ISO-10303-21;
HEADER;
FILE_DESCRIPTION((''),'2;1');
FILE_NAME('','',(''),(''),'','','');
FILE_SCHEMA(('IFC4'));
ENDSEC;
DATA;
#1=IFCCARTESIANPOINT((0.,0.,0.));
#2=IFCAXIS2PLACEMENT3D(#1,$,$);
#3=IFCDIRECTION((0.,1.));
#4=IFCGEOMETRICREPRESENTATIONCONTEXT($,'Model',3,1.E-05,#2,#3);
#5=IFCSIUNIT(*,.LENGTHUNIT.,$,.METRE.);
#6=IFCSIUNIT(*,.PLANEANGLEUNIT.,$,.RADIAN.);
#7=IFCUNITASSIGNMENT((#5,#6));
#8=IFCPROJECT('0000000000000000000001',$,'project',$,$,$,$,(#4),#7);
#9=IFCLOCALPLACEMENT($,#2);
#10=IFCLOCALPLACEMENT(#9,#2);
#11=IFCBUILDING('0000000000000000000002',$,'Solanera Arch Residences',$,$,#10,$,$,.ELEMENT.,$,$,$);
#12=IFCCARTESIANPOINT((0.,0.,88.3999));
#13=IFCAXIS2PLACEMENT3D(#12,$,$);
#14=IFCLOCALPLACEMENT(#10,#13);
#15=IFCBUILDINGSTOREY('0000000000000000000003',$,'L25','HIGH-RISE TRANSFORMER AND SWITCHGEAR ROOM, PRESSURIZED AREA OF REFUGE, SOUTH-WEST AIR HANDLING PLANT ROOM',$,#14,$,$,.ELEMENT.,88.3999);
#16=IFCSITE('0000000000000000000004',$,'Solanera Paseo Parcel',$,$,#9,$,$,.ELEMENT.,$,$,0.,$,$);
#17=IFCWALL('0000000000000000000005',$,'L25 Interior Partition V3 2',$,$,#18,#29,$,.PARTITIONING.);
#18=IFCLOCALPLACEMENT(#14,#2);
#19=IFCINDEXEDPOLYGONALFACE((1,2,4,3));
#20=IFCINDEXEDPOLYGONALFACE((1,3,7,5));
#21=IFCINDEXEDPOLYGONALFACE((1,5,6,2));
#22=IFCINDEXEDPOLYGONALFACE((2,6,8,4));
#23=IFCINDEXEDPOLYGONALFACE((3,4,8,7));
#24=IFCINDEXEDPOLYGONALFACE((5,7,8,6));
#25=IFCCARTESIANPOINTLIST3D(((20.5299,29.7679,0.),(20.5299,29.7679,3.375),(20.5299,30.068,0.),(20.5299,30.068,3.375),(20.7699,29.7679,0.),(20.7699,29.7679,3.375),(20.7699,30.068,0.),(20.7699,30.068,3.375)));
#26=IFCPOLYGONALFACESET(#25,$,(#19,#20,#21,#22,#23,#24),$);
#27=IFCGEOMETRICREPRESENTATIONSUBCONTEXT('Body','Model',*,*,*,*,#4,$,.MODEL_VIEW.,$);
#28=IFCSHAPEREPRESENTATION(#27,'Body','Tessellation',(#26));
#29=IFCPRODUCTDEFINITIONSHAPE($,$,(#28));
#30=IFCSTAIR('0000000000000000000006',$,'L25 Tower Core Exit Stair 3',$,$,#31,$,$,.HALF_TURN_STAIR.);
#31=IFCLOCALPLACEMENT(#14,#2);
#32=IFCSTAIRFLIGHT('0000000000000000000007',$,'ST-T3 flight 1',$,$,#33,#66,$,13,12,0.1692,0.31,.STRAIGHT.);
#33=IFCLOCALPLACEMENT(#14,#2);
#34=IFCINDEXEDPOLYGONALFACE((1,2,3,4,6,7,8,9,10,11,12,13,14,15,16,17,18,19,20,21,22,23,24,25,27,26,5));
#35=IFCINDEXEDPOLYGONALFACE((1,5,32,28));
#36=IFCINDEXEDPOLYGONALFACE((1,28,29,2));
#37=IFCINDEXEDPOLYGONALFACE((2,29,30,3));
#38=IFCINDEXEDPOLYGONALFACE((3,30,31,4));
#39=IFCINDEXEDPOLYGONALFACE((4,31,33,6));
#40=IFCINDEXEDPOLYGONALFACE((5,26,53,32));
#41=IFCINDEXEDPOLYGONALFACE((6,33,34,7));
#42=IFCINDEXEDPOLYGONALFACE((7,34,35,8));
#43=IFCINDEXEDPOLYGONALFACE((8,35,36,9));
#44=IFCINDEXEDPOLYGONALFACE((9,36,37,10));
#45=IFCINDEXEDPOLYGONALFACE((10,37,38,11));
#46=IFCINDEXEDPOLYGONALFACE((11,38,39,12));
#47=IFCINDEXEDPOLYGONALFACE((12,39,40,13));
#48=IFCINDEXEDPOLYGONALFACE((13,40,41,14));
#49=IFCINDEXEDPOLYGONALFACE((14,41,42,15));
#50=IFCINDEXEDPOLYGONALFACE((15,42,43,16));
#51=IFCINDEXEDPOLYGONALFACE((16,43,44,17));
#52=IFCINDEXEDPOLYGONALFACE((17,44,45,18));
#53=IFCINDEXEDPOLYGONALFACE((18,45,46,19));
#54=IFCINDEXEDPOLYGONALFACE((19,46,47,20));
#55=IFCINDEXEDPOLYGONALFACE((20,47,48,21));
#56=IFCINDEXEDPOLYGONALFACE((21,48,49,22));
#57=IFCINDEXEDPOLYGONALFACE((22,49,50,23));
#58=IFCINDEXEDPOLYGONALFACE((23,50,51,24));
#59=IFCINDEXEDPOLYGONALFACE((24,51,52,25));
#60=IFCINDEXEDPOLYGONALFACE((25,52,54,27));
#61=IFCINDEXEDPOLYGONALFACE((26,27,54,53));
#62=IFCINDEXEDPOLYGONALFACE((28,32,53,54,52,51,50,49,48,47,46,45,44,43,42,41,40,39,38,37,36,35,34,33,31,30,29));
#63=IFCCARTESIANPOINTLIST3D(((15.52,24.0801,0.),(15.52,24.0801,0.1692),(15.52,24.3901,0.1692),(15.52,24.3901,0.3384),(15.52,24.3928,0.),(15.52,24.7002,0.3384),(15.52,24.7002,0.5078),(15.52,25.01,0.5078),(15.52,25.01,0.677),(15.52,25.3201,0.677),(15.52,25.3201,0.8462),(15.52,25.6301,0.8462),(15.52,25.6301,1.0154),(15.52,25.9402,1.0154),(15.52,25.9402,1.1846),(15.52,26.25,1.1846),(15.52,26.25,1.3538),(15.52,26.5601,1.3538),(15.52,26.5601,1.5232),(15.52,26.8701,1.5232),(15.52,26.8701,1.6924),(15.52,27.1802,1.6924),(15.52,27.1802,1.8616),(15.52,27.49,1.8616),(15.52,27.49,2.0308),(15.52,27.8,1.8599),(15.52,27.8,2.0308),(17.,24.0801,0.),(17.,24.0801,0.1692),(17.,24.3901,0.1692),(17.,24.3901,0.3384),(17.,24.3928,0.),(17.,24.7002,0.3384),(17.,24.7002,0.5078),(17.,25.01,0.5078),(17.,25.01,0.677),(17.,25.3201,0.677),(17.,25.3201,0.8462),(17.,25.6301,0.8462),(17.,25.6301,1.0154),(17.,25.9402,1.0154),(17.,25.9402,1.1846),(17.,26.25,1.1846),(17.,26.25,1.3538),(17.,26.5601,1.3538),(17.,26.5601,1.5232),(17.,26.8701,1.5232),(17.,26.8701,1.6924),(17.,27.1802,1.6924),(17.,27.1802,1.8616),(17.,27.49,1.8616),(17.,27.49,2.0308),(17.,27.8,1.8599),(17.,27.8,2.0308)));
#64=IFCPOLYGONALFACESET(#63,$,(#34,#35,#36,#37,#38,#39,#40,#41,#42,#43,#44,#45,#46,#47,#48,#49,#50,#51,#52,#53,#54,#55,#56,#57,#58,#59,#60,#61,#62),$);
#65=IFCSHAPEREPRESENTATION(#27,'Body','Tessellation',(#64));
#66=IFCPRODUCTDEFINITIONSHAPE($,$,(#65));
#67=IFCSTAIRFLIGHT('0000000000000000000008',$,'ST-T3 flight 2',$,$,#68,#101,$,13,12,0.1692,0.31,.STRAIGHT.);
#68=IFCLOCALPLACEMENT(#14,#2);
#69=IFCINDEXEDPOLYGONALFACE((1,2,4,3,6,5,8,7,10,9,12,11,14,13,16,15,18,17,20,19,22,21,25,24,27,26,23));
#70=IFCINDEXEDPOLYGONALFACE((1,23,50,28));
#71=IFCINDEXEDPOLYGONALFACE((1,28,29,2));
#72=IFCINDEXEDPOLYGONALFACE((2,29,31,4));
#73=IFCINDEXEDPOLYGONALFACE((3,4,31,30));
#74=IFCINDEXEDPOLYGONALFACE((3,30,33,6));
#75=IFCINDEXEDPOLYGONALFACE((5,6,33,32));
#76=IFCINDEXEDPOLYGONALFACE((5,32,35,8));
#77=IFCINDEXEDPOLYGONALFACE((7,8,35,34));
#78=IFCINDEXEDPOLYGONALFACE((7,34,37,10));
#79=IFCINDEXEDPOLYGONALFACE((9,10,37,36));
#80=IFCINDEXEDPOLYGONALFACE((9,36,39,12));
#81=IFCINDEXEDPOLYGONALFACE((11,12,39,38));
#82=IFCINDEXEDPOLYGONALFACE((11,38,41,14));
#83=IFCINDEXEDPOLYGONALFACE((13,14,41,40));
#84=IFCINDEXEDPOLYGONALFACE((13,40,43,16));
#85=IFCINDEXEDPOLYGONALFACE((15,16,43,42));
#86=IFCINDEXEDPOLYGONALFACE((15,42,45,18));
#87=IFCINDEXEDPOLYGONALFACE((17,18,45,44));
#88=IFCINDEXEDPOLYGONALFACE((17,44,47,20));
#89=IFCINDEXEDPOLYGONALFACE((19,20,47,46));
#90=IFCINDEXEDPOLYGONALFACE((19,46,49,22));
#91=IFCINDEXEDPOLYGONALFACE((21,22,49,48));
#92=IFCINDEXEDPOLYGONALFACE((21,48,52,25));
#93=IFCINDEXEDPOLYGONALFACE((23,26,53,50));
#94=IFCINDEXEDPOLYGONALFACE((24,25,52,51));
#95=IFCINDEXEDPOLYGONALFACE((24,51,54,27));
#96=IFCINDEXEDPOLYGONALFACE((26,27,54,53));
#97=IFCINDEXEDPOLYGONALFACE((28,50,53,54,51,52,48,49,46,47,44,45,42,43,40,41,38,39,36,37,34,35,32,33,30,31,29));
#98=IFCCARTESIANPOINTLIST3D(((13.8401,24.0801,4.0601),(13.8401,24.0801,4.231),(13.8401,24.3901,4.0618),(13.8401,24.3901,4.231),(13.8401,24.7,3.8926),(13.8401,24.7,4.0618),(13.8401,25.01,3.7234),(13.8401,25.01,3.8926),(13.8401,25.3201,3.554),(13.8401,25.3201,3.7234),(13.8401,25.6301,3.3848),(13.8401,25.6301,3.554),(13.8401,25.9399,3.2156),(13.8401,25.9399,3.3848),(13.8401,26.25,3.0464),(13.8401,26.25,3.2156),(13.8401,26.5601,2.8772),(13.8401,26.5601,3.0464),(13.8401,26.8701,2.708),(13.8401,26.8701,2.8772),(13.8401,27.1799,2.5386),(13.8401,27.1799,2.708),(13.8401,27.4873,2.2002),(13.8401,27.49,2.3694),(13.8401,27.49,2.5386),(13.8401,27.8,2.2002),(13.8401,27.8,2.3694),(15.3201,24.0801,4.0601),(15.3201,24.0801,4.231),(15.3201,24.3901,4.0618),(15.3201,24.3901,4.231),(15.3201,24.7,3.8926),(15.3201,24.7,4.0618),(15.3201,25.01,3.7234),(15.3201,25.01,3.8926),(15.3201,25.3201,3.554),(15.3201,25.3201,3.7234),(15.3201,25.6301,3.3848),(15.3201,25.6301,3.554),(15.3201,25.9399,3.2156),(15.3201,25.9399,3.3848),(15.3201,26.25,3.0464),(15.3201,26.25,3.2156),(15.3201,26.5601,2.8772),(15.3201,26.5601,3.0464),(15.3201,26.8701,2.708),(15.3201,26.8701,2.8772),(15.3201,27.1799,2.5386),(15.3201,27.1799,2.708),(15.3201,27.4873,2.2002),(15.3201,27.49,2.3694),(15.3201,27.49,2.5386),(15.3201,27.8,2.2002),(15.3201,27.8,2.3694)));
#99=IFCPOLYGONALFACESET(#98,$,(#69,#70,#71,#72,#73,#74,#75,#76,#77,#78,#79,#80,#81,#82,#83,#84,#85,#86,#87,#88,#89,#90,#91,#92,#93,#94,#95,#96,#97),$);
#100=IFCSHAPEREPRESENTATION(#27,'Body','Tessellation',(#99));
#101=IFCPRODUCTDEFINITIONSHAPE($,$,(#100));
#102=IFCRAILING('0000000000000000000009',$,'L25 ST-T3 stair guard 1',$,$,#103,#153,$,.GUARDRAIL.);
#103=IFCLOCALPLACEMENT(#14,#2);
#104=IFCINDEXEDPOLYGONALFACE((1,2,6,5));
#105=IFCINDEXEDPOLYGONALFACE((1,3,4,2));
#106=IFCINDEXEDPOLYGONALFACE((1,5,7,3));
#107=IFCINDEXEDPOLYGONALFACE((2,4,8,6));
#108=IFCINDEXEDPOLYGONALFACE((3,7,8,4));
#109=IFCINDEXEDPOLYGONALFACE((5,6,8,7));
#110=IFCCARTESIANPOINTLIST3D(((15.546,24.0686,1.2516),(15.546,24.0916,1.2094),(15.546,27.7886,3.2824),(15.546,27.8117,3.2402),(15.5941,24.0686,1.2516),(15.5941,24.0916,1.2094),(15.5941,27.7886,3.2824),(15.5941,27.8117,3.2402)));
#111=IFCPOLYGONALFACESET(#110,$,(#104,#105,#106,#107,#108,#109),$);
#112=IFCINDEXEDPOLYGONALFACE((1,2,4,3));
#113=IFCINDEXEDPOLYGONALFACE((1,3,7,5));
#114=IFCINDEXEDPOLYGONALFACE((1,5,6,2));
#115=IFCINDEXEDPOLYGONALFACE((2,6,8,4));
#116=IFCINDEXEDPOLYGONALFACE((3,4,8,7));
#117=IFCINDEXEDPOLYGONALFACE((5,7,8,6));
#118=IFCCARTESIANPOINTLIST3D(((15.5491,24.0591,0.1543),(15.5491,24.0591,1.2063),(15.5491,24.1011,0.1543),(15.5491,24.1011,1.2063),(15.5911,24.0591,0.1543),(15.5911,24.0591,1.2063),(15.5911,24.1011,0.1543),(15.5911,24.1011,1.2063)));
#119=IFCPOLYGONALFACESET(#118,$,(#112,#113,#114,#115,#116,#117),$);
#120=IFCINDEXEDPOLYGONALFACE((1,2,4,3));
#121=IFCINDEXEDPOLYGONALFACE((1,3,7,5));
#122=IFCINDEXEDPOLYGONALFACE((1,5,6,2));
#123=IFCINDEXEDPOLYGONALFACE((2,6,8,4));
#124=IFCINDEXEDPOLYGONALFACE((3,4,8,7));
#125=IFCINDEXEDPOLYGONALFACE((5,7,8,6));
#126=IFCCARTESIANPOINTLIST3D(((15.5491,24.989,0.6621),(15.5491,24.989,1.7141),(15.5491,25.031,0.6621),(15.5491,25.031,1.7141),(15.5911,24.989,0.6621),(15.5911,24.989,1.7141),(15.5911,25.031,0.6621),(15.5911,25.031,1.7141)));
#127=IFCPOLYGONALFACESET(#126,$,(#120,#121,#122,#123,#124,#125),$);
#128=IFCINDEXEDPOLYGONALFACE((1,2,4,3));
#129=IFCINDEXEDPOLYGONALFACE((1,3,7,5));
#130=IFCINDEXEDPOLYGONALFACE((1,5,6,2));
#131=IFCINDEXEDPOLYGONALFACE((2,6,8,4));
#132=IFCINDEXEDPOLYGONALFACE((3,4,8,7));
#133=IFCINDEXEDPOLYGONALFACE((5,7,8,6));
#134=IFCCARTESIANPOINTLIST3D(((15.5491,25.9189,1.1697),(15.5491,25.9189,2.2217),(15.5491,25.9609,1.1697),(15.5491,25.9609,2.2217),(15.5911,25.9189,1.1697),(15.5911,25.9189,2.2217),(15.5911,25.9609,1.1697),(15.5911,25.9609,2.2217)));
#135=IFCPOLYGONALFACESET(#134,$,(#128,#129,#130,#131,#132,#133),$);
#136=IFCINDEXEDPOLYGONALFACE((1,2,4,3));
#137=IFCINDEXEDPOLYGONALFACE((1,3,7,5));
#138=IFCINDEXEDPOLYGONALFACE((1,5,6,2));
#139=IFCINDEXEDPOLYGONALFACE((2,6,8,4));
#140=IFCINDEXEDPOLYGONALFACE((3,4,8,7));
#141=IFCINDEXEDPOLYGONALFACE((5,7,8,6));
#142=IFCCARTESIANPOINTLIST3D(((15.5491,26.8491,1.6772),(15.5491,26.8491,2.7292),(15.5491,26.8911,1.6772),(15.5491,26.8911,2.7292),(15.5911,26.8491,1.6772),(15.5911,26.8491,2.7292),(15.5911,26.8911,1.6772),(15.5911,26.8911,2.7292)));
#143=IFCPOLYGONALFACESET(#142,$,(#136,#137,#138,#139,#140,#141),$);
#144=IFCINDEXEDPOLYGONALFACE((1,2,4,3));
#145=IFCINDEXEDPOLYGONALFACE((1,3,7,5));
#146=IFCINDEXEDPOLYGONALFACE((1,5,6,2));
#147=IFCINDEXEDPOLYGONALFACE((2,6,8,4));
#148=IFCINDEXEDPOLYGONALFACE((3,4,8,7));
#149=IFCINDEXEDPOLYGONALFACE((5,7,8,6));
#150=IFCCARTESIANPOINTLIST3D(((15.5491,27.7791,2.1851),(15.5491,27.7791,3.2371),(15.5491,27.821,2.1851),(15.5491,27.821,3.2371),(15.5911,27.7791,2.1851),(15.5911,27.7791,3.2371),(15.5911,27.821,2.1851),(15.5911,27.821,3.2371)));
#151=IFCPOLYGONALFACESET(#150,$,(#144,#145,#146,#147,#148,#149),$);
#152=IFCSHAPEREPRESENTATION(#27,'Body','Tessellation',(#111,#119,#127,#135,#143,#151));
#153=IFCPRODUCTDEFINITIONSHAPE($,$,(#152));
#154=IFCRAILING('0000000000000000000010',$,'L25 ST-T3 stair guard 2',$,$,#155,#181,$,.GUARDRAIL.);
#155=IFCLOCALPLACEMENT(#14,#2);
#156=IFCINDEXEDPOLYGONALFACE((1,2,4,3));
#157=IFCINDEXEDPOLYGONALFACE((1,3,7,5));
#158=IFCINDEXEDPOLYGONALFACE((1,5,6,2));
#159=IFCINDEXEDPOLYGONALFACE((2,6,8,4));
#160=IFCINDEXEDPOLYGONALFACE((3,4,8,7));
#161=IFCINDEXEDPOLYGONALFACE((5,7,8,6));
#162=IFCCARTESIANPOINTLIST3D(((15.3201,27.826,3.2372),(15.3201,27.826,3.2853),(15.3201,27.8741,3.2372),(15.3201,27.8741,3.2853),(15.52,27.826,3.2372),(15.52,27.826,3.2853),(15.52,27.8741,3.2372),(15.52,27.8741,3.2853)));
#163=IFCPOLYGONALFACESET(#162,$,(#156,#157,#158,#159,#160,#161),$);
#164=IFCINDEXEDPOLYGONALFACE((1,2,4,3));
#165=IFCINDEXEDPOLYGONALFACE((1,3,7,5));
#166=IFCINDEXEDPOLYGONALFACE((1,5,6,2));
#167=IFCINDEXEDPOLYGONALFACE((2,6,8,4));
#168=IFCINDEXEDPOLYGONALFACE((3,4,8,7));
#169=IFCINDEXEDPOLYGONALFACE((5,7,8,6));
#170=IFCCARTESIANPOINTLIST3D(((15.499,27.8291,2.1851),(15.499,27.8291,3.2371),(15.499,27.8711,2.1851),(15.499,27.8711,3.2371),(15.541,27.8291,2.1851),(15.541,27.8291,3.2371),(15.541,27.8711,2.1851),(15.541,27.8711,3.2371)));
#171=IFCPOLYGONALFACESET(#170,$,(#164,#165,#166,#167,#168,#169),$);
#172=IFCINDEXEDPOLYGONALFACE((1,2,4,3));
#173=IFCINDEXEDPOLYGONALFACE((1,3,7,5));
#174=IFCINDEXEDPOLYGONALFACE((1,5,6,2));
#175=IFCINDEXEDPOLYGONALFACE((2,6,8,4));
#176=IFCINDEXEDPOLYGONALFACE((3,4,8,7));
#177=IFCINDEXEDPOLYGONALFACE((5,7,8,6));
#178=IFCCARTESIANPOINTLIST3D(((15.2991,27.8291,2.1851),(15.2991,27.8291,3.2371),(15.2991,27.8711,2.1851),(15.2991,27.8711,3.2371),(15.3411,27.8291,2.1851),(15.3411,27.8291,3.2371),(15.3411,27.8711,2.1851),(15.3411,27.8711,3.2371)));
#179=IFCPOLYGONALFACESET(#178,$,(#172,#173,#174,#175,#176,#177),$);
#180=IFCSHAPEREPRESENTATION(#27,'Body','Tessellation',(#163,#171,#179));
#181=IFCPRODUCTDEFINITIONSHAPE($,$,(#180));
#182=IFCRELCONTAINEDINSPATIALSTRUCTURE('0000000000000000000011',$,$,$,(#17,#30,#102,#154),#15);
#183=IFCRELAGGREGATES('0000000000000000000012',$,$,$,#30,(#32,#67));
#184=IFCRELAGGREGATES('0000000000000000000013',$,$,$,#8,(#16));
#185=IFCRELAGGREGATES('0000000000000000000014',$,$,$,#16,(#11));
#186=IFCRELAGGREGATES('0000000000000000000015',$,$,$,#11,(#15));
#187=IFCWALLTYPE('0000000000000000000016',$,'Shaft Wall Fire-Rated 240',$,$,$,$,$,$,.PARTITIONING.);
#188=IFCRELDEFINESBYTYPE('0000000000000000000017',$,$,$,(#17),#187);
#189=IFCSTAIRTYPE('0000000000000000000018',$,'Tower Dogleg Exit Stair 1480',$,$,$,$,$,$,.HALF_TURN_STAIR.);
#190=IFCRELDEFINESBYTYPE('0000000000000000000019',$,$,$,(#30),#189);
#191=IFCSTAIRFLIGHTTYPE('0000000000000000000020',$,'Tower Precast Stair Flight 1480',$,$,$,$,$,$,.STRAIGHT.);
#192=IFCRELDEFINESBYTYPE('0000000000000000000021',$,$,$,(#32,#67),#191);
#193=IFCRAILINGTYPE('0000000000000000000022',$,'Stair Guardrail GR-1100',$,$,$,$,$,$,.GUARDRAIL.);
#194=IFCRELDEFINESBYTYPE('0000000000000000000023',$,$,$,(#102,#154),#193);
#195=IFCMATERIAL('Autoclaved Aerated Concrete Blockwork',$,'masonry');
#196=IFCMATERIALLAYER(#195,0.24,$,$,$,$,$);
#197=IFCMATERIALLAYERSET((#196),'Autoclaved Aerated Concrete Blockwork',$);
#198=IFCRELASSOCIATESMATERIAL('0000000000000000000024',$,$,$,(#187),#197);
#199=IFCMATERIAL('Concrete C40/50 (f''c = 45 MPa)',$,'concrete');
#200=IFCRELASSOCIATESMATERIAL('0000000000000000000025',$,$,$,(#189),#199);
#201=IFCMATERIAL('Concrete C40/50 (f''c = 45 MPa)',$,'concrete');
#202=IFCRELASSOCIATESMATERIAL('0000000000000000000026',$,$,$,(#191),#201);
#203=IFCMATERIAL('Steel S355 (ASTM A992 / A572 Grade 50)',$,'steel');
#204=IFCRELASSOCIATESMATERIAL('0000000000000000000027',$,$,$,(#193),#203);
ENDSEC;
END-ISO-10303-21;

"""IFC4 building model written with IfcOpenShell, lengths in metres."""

from ifc_helpers import new_model, si_unit, direction, frame, frame_2d, origin, origin_2d, place, context, subcontext, project, spatial, polyline, rectangle, outline, extrude, material, layer, layer_set, type_object, element, aggregate, save


model = new_model("IFC4")

# Units and contexts
model_context = context("Model", 3, precision=1e-05, world=origin(), true_north=direction((0.0, 1.0)))
body_context = subcontext(model_context, "Body", "Model", "MODEL_VIEW")
ifc_project = project(units=[si_unit("LENGTHUNIT", "METRE"), si_unit("PLANEANGLEUNIT", "RADIAN")], contexts=[model_context])

# Site, building, storey
site_placement = place(None, origin())
site = spatial("IfcSite", under=ifc_project, at=site_placement, Name="Solanera Paseo Parcel", CompositionType="ELEMENT", RefElevation=0.0)
building_placement = place(site_placement, origin())
building = spatial("IfcBuilding", under=site, at=building_placement, Name="Solanera Arch Residences", CompositionType="ELEMENT")
storey_placement = place(building_placement, frame((0.0, 0.0, 88.3999)))
storey = spatial("IfcBuildingStorey", under=building, at=storey_placement, Name="L25", Description="HIGH-RISE TRANSFORMER AND SWITCHGEAR ROOM, PRESSURIZED AREA OF REFUGE, SOUTH-WEST AIR HANDLING PLANT ROOM", CompositionType="ELEMENT", Elevation=88.3999)

# Shared definitions
ifc_material_1 = material(Name="Autoclaved Aerated Concrete Blockwork", Category="masonry")
ifc_layer_1 = layer(ifc_material_1, 0.24)
ifc_layer_set_1 = layer_set([ifc_layer_1], Name="Autoclaved Aerated Concrete Blockwork")
wall_type_1 = type_object("IfcWallType", Name="Shaft Wall Fire-Rated 240", PredefinedType="PARTITIONING", material=ifc_layer_set_1)

# Wall
wall_1_placement = place(storey_placement, frame((20.6499, 29.7681, 0.0), z_axis=(0.0, 0.0, 1.0), x_axis=(0.0, 1.0, 0.0)))
element("IfcWall", 1, at=wall_1_placement, inside=storey, type_object=wall_type_1, Name="L25 Interior Partition V3 2", PredefinedType="PARTITIONING", context=body_context, shape_type="SweptSolid", body=[
    extrude(rectangle(XDim=0.3, YDim=0.24, at=frame_2d((0.1499, 0.0))), origin(), (0.0, 0.0, 1.0), 3.375),
])

# Stair, stair flights
ifc_material_2 = material(Name="Concrete C40/50 (f'c = 45 MPa)", Category="concrete")
stair_type = type_object("IfcStairType", Name="Tower Dogleg Exit Stair 1480", PredefinedType="HALF_TURN_STAIR", material=ifc_material_2)
stair_placement = place(storey_placement, origin())
stair = element("IfcStair", 2, at=stair_placement, inside=storey, type_object=stair_type, Name="L25 Tower Core Exit Stair 3", PredefinedType="HALF_TURN_STAIR")
ifc_material_3 = material(Name="Concrete C40/50 (f'c = 45 MPa)", Category="concrete")
stair_flight_type = type_object("IfcStairFlightType", Name="Tower Precast Stair Flight 1480", PredefinedType="STRAIGHT", material=ifc_material_3)
stair_flight_1_placement = place(storey_placement, frame((16.26, 24.0801, 0.0), z_axis=(0.0, 0.0, 1.0), x_axis=(0.0, 1.0, 0.0)))
stair_flight_1 = element("IfcStairFlight", 3, at=stair_flight_1_placement, type_object=stair_flight_type, Name="ST-T3 flight 1", NumberOfRisers=13, NumberOfTreads=12, PredefinedType="STRAIGHT", RiserHeight=0.1692, TreadLength=0.31, context=body_context, shape_type="SweptSolid", body=[
    extrude(outline(polyline([(0.0, 0.0), (0.0, 0.1692), (0.3101, 0.1692), (0.3101, 0.3384), (0.6201, 0.3384), (0.6201, 0.5078), (0.9299, 0.5078), (0.9299, 0.677), (1.24, 0.677), (1.24, 0.8462), (1.55, 0.8462), (1.55, 1.0154), (1.8601, 1.0154), (1.8601, 1.1846), (2.1699, 1.1846), (2.1699, 1.3538), (2.48, 1.3538), (2.48, 1.5232), (2.79, 1.5232), (2.79, 1.6924), (3.1001, 1.6924), (3.1001, 1.8616), (3.4099, 1.8616), (3.4099, 2.0308), (3.72, 2.0308), (3.72, 2.2), (3.72, 1.8599), (0.3127, 0.0), (0.0, 0.0)])), frame((0.0, 0.74, 0.0), z_axis=(0.0, -1.0, 0.0), x_axis=(1.0, 0.0, 0.0)), (0.0, 0.0, 1.0), 1.48),
])
stair_flight_2_placement = place(storey_placement, frame((14.5801, 27.8, 2.2002), z_axis=(0.0, 0.0, 1.0), x_axis=(0.0, -1.0, 0.0)))
stair_flight_2 = element("IfcStairFlight", 4, at=stair_flight_2_placement, type_object=stair_flight_type, Name="ST-T3 flight 2", NumberOfRisers=13, NumberOfTreads=12, PredefinedType="STRAIGHT", RiserHeight=0.1692, TreadLength=0.31, context=body_context, shape_type="SweptSolid", body=[
    extrude(outline(polyline([(0.0, 0.0), (0.0, 0.1692), (0.3101, 0.1692), (0.3101, 0.3384), (0.6201, 0.3384), (0.6201, 0.5078), (0.9299, 0.5078), (0.9299, 0.677), (1.24, 0.677), (1.24, 0.8462), (1.55, 0.8462), (1.55, 1.0154), (1.8601, 1.0154), (1.8601, 1.1846), (2.1699, 1.1846), (2.1699, 1.3538), (2.48, 1.3538), (2.48, 1.5232), (2.79, 1.5232), (2.79, 1.6924), (3.1001, 1.6924), (3.1001, 1.8616), (3.4099, 1.8616), (3.4099, 2.0308), (3.72, 2.0308), (3.72, 2.2), (3.72, 1.8599), (0.3127, 0.0), (0.0, 0.0)])), frame((0.0, 0.74, 0.0), z_axis=(0.0, -1.0, 0.0), x_axis=(1.0, 0.0, 0.0)), (0.0, 0.0, 1.0), 1.48),
])
aggregate(stair, [stair_flight_1, stair_flight_2])

# Railings
ifc_material_4 = material(Name="Steel S355 (ASTM A992 / A572 Grade 50)", Category="steel")
railing_type_1 = type_object("IfcRailingType", Name="Stair Guardrail GR-1100", PredefinedType="GUARDRAIL", material=ifc_material_4)
railing_1_placement = place(storey_placement, frame((15.5701, 24.0801, 0.1543)))
element("IfcRailing", 5, at=railing_1_placement, inside=storey, type_object=railing_type_1, Name="L25 ST-T3 stair guard 1", PredefinedType="GUARDRAIL", context=body_context, shape_type="SweptSolid", body=[
    extrude(rectangle(XDim=0.0481, YDim=0.0481, at=origin_2d()), frame((0.0, 0.0, 1.0762), z_axis=(0.0, 0.877728, 0.479159), x_axis=(-1.0, 0.0, 0.0)), (0.0, 0.0, 1.0), 4.2383),
    extrude(rectangle(XDim=0.042, YDim=0.042, at=origin_2d()), origin(), (0.0, 0.0, 1.0), 1.052),
    extrude(rectangle(XDim=0.042, YDim=0.042, at=origin_2d()), frame((0.0, 0.9299, 0.5078)), (0.0, 0.0, 1.0), 1.052),
    extrude(rectangle(XDim=0.042, YDim=0.042, at=origin_2d()), frame((0.0, 1.8599, 1.0154)), (0.0, 0.0, 1.0), 1.052),
    extrude(rectangle(XDim=0.042, YDim=0.042, at=origin_2d()), frame((0.0, 2.79, 1.5229)), (0.0, 0.0, 1.0), 1.052),
    extrude(rectangle(XDim=0.042, YDim=0.042, at=origin_2d()), frame((0.0, 3.72, 2.0308)), (0.0, 0.0, 1.0), 1.052),
])
railing_2_placement = place(storey_placement, frame((15.52, 27.8501, 2.1851)))
element("IfcRailing", 6, at=railing_2_placement, inside=storey, type_object=railing_type_1, Name="L25 ST-T3 stair guard 2", PredefinedType="GUARDRAIL", context=body_context, shape_type="SweptSolid", body=[
    extrude(rectangle(XDim=0.0481, YDim=0.0481, at=origin_2d()), frame((0.0, 0.0, 1.0762), z_axis=(-1.0, 0.0, 0.0), x_axis=(0.0, -1.0, 0.0)), (0.0, 0.0, 1.0), 0.2),
    extrude(rectangle(XDim=0.042, YDim=0.042, at=origin_2d()), origin(), (0.0, 0.0, 1.0), 1.052),
    extrude(rectangle(XDim=0.042, YDim=0.042, at=origin_2d()), frame((-0.2, 0.0, 0.0)), (0.0, 0.0, 1.0), 1.052),
])

save(model, "model.ifc")
